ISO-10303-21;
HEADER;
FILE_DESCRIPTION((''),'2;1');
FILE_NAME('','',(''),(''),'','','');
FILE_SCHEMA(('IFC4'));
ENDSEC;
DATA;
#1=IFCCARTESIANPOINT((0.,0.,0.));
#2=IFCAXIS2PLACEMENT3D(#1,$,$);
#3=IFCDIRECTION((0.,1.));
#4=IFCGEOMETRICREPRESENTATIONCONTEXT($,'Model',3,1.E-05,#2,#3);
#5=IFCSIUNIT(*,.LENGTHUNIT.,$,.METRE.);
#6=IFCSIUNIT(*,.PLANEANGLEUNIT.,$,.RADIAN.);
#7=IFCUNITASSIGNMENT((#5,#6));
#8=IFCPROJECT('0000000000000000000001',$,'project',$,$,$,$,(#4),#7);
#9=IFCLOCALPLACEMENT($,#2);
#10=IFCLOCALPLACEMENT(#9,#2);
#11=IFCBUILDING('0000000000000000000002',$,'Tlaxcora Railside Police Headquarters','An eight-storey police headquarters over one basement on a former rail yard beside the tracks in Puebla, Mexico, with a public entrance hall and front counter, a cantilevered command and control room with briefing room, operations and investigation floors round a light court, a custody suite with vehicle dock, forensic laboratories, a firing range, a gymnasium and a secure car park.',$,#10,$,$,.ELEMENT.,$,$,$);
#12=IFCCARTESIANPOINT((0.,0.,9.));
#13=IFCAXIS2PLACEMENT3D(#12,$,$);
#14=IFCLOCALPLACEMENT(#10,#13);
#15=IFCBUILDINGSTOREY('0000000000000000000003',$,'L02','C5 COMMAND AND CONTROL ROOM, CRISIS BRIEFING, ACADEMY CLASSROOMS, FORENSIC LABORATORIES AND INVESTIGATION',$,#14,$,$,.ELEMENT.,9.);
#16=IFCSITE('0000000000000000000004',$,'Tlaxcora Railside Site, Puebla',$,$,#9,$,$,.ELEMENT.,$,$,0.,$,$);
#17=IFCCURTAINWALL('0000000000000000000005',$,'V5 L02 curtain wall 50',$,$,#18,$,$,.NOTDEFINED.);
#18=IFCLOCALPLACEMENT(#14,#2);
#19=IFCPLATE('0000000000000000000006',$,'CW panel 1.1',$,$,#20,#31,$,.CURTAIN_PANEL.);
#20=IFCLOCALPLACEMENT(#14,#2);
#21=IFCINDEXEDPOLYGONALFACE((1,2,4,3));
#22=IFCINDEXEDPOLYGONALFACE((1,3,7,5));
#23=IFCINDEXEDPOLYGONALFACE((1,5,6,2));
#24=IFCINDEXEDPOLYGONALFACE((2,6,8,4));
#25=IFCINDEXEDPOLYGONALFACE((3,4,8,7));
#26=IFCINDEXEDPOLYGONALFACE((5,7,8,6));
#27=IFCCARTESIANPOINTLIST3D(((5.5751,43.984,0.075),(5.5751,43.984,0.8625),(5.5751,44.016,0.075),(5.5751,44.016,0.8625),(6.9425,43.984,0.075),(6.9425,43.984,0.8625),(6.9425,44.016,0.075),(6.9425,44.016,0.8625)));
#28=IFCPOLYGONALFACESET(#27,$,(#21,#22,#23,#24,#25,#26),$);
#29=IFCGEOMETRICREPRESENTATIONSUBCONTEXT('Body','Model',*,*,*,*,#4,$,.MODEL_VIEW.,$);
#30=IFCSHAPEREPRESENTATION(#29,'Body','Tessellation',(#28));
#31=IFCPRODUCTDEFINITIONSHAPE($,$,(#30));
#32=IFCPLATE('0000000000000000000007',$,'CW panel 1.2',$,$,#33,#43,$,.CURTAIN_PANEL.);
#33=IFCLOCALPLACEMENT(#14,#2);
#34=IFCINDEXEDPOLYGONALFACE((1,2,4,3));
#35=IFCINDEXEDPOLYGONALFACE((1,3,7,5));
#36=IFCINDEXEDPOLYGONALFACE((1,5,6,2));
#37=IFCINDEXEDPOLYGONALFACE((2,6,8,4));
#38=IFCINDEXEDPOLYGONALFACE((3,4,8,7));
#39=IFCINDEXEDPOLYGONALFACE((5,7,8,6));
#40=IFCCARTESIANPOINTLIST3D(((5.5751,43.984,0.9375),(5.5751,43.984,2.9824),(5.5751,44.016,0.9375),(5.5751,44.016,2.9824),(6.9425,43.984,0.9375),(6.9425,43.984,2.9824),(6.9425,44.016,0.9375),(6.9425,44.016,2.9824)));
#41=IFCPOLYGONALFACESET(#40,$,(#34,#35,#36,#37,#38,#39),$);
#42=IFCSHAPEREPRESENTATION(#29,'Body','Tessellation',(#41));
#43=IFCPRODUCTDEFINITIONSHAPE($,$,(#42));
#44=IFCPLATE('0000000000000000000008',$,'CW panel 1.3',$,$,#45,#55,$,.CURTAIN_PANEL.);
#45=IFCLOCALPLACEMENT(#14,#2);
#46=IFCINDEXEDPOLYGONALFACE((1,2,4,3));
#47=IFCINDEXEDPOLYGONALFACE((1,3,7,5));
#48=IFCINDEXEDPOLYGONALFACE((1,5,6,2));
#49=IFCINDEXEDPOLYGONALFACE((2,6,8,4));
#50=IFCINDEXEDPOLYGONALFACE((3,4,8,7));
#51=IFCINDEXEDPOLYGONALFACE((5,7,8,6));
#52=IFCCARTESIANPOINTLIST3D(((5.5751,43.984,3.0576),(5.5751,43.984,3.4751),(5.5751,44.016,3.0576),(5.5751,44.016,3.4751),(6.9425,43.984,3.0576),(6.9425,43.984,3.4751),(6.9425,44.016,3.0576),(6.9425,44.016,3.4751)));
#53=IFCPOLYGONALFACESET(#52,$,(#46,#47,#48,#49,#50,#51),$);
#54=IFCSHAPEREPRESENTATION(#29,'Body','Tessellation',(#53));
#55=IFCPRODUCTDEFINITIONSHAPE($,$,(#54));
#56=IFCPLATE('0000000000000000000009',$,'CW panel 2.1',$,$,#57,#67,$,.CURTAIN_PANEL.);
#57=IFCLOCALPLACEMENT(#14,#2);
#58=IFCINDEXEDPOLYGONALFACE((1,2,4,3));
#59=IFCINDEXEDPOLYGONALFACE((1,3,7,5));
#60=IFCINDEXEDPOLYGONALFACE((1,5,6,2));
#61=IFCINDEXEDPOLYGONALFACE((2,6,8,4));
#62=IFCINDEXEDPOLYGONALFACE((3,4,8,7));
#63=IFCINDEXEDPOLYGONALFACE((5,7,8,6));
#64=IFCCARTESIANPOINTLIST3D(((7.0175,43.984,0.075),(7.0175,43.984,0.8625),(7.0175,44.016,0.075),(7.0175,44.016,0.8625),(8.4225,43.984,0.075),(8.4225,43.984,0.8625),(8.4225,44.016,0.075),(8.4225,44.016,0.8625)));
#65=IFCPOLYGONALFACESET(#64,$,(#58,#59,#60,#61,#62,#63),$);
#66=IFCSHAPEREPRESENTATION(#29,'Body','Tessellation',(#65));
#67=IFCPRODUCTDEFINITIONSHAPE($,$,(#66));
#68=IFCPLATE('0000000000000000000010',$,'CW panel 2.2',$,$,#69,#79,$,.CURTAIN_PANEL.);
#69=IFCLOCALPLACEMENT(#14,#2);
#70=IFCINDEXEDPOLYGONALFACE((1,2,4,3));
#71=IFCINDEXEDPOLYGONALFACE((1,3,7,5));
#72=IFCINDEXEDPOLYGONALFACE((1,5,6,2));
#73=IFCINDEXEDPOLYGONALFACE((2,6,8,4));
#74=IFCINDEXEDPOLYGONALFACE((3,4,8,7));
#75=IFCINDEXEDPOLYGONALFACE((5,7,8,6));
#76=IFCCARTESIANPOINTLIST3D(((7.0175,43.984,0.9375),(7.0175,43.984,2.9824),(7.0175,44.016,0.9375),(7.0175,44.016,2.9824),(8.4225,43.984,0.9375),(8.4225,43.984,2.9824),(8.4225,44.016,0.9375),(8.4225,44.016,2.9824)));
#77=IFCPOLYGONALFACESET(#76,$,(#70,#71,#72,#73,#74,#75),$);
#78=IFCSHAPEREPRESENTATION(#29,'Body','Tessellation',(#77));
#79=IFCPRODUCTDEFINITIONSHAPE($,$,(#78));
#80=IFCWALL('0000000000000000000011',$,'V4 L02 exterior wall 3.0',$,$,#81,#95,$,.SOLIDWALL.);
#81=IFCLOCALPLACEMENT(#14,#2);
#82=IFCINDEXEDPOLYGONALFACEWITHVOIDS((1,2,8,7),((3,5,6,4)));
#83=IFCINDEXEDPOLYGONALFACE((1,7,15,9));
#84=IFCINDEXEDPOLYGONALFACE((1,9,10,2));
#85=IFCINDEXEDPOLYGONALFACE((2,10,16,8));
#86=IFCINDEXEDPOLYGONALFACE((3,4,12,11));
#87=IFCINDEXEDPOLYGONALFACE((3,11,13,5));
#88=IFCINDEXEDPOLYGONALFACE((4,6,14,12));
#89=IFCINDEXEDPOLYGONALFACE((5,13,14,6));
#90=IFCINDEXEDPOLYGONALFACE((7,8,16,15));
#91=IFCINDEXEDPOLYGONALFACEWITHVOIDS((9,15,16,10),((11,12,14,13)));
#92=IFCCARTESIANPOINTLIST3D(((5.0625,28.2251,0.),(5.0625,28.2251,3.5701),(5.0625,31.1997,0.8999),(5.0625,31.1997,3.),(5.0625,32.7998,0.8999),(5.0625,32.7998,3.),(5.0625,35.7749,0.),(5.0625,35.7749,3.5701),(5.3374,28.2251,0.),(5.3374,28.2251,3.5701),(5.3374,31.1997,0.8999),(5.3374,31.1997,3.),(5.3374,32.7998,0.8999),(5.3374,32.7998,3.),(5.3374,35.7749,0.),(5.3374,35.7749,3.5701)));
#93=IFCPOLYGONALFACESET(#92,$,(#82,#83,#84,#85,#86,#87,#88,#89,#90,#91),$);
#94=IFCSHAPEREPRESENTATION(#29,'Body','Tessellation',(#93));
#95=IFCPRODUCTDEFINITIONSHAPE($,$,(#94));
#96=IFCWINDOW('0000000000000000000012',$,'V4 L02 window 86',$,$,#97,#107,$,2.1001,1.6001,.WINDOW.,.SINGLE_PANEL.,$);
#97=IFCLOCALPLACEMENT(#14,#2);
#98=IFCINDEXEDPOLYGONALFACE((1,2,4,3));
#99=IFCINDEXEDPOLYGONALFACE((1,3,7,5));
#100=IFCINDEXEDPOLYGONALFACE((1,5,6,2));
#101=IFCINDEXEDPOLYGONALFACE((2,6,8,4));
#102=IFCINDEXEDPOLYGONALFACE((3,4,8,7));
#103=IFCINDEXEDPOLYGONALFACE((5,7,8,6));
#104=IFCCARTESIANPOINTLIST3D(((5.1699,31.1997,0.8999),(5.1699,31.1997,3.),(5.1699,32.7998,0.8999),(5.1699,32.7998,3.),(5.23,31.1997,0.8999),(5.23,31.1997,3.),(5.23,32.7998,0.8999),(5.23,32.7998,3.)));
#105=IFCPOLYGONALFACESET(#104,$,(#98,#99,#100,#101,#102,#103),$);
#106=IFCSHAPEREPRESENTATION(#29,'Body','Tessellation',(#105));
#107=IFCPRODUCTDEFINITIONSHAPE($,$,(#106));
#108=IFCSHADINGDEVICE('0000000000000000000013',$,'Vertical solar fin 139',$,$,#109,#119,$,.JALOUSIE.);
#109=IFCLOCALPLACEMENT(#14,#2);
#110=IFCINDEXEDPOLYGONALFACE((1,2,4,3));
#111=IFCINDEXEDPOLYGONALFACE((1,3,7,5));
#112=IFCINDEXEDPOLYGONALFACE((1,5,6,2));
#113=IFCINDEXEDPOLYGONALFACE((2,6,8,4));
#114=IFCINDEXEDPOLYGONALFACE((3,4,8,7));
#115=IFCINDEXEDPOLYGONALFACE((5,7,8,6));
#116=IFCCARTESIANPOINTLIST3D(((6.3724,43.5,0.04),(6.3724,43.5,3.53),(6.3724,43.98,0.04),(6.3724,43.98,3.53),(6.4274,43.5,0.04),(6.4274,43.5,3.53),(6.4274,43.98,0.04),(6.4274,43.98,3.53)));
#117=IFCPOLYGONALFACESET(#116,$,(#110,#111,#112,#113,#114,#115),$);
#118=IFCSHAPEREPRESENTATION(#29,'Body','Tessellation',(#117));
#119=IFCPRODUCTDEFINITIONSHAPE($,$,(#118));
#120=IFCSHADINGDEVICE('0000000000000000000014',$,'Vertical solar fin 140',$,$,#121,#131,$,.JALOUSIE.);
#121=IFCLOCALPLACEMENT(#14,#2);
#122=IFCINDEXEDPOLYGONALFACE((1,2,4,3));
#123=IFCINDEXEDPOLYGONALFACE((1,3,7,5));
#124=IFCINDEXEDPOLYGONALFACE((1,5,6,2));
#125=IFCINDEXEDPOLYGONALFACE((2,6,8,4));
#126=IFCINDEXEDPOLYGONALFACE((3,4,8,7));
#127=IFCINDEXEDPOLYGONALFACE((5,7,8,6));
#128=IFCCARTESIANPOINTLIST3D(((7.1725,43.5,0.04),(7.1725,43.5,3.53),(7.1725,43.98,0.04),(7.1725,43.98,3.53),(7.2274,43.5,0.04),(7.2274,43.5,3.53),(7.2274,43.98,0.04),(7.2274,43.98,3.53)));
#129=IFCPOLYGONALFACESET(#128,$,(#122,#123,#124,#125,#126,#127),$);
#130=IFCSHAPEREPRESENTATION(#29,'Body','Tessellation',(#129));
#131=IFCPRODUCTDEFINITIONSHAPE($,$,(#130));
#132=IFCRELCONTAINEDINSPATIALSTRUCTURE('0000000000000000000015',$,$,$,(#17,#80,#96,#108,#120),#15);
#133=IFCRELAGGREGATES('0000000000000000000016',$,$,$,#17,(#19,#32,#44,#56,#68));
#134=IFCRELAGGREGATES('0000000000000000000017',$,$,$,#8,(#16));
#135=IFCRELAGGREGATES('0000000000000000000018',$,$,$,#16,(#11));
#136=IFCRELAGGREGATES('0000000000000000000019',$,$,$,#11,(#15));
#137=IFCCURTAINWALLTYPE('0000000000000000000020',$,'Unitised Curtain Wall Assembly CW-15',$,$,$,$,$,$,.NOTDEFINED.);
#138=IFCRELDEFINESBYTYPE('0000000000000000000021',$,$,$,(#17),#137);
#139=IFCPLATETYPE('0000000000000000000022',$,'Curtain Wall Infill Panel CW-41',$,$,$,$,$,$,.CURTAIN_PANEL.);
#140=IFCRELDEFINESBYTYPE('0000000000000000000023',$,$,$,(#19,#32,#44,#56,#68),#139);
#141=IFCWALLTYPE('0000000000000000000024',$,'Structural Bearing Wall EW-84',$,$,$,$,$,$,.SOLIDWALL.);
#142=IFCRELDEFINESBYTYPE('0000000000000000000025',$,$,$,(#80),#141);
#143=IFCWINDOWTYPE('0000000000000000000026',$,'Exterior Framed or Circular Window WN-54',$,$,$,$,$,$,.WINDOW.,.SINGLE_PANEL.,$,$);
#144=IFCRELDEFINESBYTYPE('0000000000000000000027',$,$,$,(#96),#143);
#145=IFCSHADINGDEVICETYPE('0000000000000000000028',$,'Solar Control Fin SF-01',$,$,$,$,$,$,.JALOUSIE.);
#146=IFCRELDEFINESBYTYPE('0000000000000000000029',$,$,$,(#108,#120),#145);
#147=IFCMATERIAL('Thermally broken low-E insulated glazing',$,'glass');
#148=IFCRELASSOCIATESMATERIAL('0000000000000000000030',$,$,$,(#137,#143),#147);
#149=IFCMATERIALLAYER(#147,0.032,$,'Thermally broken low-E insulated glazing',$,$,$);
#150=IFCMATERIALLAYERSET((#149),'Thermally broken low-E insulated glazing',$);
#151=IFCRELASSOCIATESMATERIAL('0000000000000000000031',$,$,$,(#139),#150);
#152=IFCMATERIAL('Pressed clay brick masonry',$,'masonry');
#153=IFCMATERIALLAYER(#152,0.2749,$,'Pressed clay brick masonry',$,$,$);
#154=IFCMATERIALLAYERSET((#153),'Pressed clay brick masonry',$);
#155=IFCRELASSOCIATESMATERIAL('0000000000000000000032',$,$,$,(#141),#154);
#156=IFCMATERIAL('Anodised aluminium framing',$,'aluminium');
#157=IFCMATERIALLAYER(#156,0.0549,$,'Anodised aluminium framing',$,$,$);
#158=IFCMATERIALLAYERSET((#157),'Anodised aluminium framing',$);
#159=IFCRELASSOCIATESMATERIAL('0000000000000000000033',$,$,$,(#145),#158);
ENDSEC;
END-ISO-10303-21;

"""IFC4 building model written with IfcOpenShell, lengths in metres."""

from ifc_helpers import new_model, si_unit, direction, frame, frame_2d, origin, origin_2d, place, context, subcontext, project, spatial, rectangle, extrude, material, layer, layer_set, type_object, element, fill, aggregate, save


model = new_model("IFC4")

# Units and contexts
model_context = context("Model", 3, precision=1e-05, world=origin(), true_north=direction((0.0, 1.0)))
body_context = subcontext(model_context, "Body", "Model", "MODEL_VIEW")
ifc_project = project(units=[si_unit("LENGTHUNIT", "METRE"), si_unit("PLANEANGLEUNIT", "RADIAN")], contexts=[model_context])

# Site, building, storey
site_placement = place(None, origin())
site = spatial("IfcSite", under=ifc_project, at=site_placement, Name="Tlaxcora Railside Site, Puebla", CompositionType="ELEMENT", RefElevation=0.0)
building_placement = place(site_placement, origin())
building = spatial("IfcBuilding", under=site, at=building_placement, Name="Tlaxcora Railside Police Headquarters", Description="An eight-storey police headquarters over one basement on a former rail yard beside the tracks in Puebla, Mexico, with a public entrance hall and front counter, a cantilevered command and control room with briefing room, operations and investigation floors round a light court, a custody suite with vehicle dock, forensic laboratories, a firing range, a gymnasium and a secure car park.", CompositionType="ELEMENT")
storey_placement = place(building_placement, frame((0.0, 0.0, 9.0)))
storey = spatial("IfcBuildingStorey", under=building, at=storey_placement, Name="L02", Description="C5 COMMAND AND CONTROL ROOM, CRISIS BRIEFING, ACADEMY CLASSROOMS, FORENSIC LABORATORIES AND INVESTIGATION", CompositionType="ELEMENT", Elevation=9.0)

# Curtain wall
ifc_material_1 = material(Name="Thermally broken low-E insulated glazing", Category="glass")
curtain_wall_type = type_object("IfcCurtainWallType", Name="Unitised Curtain Wall Assembly CW-15", PredefinedType="NOTDEFINED", material=ifc_material_1)
curtain_wall_placement = place(storey_placement, origin())
curtain_wall = element("IfcCurtainWall", 1, at=curtain_wall_placement, inside=storey, type_object=curtain_wall_type, Name="V5 L02 curtain wall 50", PredefinedType="NOTDEFINED")
ifc_material_2 = material(Name="Anodised aluminium framing", Category="aluminium")

# Plates
ifc_layer_1 = layer(ifc_material_1, 0.032, Name="Thermally broken low-E insulated glazing")
ifc_layer_set_1 = layer_set([ifc_layer_1], Name="Thermally broken low-E insulated glazing")
plate_type = type_object("IfcPlateType", Name="Curtain Wall Infill Panel CW-41", PredefinedType="CURTAIN_PANEL", material=ifc_layer_set_1)
plate_1_placement = place(storey_placement, frame((6.2588, 44.0, 0.075), z_axis=(0.0, 0.0, 1.0), x_axis=(1.0, 0.0, 0.0)))
plate_1 = element("IfcPlate", 2, at=plate_1_placement, type_object=plate_type, Name="CW panel 1.1", PredefinedType="CURTAIN_PANEL", context=body_context, shape_type="SweptSolid", body=[
    extrude(rectangle(XDim=1.3674, YDim=0.032, at=origin_2d()), origin(), (0.0, 0.0, 1.0), 0.7876),
])
plate_2_placement = place(storey_placement, frame((6.2588, 44.0, 0.9375), z_axis=(0.0, 0.0, 1.0), x_axis=(1.0, 0.0, 0.0)))
plate_2 = element("IfcPlate", 3, at=plate_2_placement, type_object=plate_type, Name="CW panel 1.2", PredefinedType="CURTAIN_PANEL", context=body_context, shape_type="SweptSolid", body=[
    extrude(rectangle(XDim=1.3674, YDim=0.032, at=origin_2d()), origin(), (0.0, 0.0, 1.0), 2.0449),
])
plate_3_placement = place(storey_placement, frame((6.2588, 44.0, 3.0576), z_axis=(0.0, 0.0, 1.0), x_axis=(1.0, 0.0, 0.0)))
plate_3 = element("IfcPlate", 4, at=plate_3_placement, type_object=plate_type, Name="CW panel 1.3", PredefinedType="CURTAIN_PANEL", context=body_context, shape_type="SweptSolid", body=[
    extrude(rectangle(XDim=1.3674, YDim=0.032, at=origin_2d()), origin(), (0.0, 0.0, 1.0), 0.4175),
])
plate_4_placement = place(storey_placement, frame((7.72, 44.0, 0.075), z_axis=(0.0, 0.0, 1.0), x_axis=(1.0, 0.0, 0.0)))
plate_4 = element("IfcPlate", 5, at=plate_4_placement, type_object=plate_type, Name="CW panel 2.1", PredefinedType="CURTAIN_PANEL", context=body_context, shape_type="SweptSolid", body=[
    extrude(rectangle(XDim=1.405, YDim=0.032, at=origin_2d()), origin(), (0.0, 0.0, 1.0), 0.7876),
])
plate_5_placement = place(storey_placement, frame((7.72, 44.0, 0.9375), z_axis=(0.0, 0.0, 1.0), x_axis=(1.0, 0.0, 0.0)))
plate_5 = element("IfcPlate", 6, at=plate_5_placement, type_object=plate_type, Name="CW panel 2.2", PredefinedType="CURTAIN_PANEL", context=body_context, shape_type="SweptSolid", body=[
    extrude(rectangle(XDim=1.405, YDim=0.032, at=origin_2d()), origin(), (0.0, 0.0, 1.0), 2.0449),
])
aggregate(curtain_wall, [plate_1, plate_2, plate_3, plate_4, plate_5])

# Wall, opening, window
ifc_material_3 = material(Name="Pressed clay brick masonry", Category="masonry")
ifc_layer_2 = layer(ifc_material_3, 0.2749, Name="Pressed clay brick masonry")
ifc_layer_set_2 = layer_set([ifc_layer_2], Name="Pressed clay brick masonry")
wall_type = type_object("IfcWallType", Name="Structural Bearing Wall EW-84", PredefinedType="SOLIDWALL", material=ifc_layer_set_2)
wall_placement = place(storey_placement, frame((5.2, 35.7749, 0.0), z_axis=(0.0, 0.0, 1.0), x_axis=(0.0, -1.0, 0.0)))
wall = element("IfcWall", 7, at=wall_placement, inside=storey, type_object=wall_type, Name="V4 L02 exterior wall 3.0", PredefinedType="SOLIDWALL", context=body_context, shape_type="SweptSolid", body=[
    extrude(rectangle(XDim=7.5498, YDim=0.2749, at=frame_2d((3.7749, 0.0))), origin(), (0.0, 0.0, 1.0), 3.5701),
])
opening_placement = place(wall_placement, frame((2.9751, 0.0, 0.8999)))
opening = element("IfcOpeningElement", 8, at=opening_placement, cuts=wall, PredefinedType="OPENING", context=body_context, shape_type="SweptSolid", body=[
    extrude(rectangle(XDim=1.6001, YDim=2.1001, at=frame_2d((0.8, 1.05))), frame((0.0, 0.1475, 0.0), z_axis=(0.0, -1.0, 0.0), x_axis=(1.0, 0.0, 0.0)), (0.0, 0.0, 1.0), 0.2949),
])
window_type = type_object("IfcWindowType", Name="Exterior Framed or Circular Window WN-54", PartitioningType="SINGLE_PANEL", PredefinedType="WINDOW", material=ifc_material_1)
window_placement = place(opening_placement, origin())
window = element("IfcWindow", 9, at=window_placement, inside=storey, type_object=window_type, Name="V4 L02 window 86", OverallHeight=2.1001, OverallWidth=1.6001, PartitioningType="SINGLE_PANEL", PredefinedType="WINDOW", context=body_context, shape_type="SweptSolid", body=[
    extrude(rectangle(XDim=1.6001, YDim=2.1001, at=frame_2d((0.8, 1.05))), frame((0.0, 0.03, 0.0), z_axis=(0.0, -1.0, 0.0), x_axis=(1.0, 0.0, 0.0)), (0.0, 0.0, 1.0), 0.0601),
])
fill(opening, window)

# Shading devices
ifc_layer_3 = layer(ifc_material_2, 0.0549, Name="Anodised aluminium framing")
ifc_layer_set_3 = layer_set([ifc_layer_3], Name="Anodised aluminium framing")
shading_device_type = type_object("IfcShadingDeviceType", Name="Solar Control Fin SF-01", PredefinedType="JALOUSIE", material=ifc_layer_set_3)
for number, where, z_axis, x_axis, name in (
    (10, (6.3999, 43.74, 0.04), (0.0, 0.0, 1.0), (0.0, -1.0, 0.0), "Vertical solar fin 139"),
    (11, (7.2, 43.74, 0.04), (0.0, 0.0, 1.0), (0.0, -1.0, 0.0), "Vertical solar fin 140"),
):
    element("IfcShadingDevice", number, at=place(storey_placement, frame(where, z_axis=z_axis, x_axis=x_axis)), inside=storey, type_object=shading_device_type, Name=name, PredefinedType="JALOUSIE", context=body_context, shape_type="SweptSolid", body=[
        extrude(rectangle(XDim=0.48, YDim=0.0549, at=origin_2d()), origin(), (0.0, 0.0, 1.0), 3.49),
    ])

save(model, "model.ifc")
